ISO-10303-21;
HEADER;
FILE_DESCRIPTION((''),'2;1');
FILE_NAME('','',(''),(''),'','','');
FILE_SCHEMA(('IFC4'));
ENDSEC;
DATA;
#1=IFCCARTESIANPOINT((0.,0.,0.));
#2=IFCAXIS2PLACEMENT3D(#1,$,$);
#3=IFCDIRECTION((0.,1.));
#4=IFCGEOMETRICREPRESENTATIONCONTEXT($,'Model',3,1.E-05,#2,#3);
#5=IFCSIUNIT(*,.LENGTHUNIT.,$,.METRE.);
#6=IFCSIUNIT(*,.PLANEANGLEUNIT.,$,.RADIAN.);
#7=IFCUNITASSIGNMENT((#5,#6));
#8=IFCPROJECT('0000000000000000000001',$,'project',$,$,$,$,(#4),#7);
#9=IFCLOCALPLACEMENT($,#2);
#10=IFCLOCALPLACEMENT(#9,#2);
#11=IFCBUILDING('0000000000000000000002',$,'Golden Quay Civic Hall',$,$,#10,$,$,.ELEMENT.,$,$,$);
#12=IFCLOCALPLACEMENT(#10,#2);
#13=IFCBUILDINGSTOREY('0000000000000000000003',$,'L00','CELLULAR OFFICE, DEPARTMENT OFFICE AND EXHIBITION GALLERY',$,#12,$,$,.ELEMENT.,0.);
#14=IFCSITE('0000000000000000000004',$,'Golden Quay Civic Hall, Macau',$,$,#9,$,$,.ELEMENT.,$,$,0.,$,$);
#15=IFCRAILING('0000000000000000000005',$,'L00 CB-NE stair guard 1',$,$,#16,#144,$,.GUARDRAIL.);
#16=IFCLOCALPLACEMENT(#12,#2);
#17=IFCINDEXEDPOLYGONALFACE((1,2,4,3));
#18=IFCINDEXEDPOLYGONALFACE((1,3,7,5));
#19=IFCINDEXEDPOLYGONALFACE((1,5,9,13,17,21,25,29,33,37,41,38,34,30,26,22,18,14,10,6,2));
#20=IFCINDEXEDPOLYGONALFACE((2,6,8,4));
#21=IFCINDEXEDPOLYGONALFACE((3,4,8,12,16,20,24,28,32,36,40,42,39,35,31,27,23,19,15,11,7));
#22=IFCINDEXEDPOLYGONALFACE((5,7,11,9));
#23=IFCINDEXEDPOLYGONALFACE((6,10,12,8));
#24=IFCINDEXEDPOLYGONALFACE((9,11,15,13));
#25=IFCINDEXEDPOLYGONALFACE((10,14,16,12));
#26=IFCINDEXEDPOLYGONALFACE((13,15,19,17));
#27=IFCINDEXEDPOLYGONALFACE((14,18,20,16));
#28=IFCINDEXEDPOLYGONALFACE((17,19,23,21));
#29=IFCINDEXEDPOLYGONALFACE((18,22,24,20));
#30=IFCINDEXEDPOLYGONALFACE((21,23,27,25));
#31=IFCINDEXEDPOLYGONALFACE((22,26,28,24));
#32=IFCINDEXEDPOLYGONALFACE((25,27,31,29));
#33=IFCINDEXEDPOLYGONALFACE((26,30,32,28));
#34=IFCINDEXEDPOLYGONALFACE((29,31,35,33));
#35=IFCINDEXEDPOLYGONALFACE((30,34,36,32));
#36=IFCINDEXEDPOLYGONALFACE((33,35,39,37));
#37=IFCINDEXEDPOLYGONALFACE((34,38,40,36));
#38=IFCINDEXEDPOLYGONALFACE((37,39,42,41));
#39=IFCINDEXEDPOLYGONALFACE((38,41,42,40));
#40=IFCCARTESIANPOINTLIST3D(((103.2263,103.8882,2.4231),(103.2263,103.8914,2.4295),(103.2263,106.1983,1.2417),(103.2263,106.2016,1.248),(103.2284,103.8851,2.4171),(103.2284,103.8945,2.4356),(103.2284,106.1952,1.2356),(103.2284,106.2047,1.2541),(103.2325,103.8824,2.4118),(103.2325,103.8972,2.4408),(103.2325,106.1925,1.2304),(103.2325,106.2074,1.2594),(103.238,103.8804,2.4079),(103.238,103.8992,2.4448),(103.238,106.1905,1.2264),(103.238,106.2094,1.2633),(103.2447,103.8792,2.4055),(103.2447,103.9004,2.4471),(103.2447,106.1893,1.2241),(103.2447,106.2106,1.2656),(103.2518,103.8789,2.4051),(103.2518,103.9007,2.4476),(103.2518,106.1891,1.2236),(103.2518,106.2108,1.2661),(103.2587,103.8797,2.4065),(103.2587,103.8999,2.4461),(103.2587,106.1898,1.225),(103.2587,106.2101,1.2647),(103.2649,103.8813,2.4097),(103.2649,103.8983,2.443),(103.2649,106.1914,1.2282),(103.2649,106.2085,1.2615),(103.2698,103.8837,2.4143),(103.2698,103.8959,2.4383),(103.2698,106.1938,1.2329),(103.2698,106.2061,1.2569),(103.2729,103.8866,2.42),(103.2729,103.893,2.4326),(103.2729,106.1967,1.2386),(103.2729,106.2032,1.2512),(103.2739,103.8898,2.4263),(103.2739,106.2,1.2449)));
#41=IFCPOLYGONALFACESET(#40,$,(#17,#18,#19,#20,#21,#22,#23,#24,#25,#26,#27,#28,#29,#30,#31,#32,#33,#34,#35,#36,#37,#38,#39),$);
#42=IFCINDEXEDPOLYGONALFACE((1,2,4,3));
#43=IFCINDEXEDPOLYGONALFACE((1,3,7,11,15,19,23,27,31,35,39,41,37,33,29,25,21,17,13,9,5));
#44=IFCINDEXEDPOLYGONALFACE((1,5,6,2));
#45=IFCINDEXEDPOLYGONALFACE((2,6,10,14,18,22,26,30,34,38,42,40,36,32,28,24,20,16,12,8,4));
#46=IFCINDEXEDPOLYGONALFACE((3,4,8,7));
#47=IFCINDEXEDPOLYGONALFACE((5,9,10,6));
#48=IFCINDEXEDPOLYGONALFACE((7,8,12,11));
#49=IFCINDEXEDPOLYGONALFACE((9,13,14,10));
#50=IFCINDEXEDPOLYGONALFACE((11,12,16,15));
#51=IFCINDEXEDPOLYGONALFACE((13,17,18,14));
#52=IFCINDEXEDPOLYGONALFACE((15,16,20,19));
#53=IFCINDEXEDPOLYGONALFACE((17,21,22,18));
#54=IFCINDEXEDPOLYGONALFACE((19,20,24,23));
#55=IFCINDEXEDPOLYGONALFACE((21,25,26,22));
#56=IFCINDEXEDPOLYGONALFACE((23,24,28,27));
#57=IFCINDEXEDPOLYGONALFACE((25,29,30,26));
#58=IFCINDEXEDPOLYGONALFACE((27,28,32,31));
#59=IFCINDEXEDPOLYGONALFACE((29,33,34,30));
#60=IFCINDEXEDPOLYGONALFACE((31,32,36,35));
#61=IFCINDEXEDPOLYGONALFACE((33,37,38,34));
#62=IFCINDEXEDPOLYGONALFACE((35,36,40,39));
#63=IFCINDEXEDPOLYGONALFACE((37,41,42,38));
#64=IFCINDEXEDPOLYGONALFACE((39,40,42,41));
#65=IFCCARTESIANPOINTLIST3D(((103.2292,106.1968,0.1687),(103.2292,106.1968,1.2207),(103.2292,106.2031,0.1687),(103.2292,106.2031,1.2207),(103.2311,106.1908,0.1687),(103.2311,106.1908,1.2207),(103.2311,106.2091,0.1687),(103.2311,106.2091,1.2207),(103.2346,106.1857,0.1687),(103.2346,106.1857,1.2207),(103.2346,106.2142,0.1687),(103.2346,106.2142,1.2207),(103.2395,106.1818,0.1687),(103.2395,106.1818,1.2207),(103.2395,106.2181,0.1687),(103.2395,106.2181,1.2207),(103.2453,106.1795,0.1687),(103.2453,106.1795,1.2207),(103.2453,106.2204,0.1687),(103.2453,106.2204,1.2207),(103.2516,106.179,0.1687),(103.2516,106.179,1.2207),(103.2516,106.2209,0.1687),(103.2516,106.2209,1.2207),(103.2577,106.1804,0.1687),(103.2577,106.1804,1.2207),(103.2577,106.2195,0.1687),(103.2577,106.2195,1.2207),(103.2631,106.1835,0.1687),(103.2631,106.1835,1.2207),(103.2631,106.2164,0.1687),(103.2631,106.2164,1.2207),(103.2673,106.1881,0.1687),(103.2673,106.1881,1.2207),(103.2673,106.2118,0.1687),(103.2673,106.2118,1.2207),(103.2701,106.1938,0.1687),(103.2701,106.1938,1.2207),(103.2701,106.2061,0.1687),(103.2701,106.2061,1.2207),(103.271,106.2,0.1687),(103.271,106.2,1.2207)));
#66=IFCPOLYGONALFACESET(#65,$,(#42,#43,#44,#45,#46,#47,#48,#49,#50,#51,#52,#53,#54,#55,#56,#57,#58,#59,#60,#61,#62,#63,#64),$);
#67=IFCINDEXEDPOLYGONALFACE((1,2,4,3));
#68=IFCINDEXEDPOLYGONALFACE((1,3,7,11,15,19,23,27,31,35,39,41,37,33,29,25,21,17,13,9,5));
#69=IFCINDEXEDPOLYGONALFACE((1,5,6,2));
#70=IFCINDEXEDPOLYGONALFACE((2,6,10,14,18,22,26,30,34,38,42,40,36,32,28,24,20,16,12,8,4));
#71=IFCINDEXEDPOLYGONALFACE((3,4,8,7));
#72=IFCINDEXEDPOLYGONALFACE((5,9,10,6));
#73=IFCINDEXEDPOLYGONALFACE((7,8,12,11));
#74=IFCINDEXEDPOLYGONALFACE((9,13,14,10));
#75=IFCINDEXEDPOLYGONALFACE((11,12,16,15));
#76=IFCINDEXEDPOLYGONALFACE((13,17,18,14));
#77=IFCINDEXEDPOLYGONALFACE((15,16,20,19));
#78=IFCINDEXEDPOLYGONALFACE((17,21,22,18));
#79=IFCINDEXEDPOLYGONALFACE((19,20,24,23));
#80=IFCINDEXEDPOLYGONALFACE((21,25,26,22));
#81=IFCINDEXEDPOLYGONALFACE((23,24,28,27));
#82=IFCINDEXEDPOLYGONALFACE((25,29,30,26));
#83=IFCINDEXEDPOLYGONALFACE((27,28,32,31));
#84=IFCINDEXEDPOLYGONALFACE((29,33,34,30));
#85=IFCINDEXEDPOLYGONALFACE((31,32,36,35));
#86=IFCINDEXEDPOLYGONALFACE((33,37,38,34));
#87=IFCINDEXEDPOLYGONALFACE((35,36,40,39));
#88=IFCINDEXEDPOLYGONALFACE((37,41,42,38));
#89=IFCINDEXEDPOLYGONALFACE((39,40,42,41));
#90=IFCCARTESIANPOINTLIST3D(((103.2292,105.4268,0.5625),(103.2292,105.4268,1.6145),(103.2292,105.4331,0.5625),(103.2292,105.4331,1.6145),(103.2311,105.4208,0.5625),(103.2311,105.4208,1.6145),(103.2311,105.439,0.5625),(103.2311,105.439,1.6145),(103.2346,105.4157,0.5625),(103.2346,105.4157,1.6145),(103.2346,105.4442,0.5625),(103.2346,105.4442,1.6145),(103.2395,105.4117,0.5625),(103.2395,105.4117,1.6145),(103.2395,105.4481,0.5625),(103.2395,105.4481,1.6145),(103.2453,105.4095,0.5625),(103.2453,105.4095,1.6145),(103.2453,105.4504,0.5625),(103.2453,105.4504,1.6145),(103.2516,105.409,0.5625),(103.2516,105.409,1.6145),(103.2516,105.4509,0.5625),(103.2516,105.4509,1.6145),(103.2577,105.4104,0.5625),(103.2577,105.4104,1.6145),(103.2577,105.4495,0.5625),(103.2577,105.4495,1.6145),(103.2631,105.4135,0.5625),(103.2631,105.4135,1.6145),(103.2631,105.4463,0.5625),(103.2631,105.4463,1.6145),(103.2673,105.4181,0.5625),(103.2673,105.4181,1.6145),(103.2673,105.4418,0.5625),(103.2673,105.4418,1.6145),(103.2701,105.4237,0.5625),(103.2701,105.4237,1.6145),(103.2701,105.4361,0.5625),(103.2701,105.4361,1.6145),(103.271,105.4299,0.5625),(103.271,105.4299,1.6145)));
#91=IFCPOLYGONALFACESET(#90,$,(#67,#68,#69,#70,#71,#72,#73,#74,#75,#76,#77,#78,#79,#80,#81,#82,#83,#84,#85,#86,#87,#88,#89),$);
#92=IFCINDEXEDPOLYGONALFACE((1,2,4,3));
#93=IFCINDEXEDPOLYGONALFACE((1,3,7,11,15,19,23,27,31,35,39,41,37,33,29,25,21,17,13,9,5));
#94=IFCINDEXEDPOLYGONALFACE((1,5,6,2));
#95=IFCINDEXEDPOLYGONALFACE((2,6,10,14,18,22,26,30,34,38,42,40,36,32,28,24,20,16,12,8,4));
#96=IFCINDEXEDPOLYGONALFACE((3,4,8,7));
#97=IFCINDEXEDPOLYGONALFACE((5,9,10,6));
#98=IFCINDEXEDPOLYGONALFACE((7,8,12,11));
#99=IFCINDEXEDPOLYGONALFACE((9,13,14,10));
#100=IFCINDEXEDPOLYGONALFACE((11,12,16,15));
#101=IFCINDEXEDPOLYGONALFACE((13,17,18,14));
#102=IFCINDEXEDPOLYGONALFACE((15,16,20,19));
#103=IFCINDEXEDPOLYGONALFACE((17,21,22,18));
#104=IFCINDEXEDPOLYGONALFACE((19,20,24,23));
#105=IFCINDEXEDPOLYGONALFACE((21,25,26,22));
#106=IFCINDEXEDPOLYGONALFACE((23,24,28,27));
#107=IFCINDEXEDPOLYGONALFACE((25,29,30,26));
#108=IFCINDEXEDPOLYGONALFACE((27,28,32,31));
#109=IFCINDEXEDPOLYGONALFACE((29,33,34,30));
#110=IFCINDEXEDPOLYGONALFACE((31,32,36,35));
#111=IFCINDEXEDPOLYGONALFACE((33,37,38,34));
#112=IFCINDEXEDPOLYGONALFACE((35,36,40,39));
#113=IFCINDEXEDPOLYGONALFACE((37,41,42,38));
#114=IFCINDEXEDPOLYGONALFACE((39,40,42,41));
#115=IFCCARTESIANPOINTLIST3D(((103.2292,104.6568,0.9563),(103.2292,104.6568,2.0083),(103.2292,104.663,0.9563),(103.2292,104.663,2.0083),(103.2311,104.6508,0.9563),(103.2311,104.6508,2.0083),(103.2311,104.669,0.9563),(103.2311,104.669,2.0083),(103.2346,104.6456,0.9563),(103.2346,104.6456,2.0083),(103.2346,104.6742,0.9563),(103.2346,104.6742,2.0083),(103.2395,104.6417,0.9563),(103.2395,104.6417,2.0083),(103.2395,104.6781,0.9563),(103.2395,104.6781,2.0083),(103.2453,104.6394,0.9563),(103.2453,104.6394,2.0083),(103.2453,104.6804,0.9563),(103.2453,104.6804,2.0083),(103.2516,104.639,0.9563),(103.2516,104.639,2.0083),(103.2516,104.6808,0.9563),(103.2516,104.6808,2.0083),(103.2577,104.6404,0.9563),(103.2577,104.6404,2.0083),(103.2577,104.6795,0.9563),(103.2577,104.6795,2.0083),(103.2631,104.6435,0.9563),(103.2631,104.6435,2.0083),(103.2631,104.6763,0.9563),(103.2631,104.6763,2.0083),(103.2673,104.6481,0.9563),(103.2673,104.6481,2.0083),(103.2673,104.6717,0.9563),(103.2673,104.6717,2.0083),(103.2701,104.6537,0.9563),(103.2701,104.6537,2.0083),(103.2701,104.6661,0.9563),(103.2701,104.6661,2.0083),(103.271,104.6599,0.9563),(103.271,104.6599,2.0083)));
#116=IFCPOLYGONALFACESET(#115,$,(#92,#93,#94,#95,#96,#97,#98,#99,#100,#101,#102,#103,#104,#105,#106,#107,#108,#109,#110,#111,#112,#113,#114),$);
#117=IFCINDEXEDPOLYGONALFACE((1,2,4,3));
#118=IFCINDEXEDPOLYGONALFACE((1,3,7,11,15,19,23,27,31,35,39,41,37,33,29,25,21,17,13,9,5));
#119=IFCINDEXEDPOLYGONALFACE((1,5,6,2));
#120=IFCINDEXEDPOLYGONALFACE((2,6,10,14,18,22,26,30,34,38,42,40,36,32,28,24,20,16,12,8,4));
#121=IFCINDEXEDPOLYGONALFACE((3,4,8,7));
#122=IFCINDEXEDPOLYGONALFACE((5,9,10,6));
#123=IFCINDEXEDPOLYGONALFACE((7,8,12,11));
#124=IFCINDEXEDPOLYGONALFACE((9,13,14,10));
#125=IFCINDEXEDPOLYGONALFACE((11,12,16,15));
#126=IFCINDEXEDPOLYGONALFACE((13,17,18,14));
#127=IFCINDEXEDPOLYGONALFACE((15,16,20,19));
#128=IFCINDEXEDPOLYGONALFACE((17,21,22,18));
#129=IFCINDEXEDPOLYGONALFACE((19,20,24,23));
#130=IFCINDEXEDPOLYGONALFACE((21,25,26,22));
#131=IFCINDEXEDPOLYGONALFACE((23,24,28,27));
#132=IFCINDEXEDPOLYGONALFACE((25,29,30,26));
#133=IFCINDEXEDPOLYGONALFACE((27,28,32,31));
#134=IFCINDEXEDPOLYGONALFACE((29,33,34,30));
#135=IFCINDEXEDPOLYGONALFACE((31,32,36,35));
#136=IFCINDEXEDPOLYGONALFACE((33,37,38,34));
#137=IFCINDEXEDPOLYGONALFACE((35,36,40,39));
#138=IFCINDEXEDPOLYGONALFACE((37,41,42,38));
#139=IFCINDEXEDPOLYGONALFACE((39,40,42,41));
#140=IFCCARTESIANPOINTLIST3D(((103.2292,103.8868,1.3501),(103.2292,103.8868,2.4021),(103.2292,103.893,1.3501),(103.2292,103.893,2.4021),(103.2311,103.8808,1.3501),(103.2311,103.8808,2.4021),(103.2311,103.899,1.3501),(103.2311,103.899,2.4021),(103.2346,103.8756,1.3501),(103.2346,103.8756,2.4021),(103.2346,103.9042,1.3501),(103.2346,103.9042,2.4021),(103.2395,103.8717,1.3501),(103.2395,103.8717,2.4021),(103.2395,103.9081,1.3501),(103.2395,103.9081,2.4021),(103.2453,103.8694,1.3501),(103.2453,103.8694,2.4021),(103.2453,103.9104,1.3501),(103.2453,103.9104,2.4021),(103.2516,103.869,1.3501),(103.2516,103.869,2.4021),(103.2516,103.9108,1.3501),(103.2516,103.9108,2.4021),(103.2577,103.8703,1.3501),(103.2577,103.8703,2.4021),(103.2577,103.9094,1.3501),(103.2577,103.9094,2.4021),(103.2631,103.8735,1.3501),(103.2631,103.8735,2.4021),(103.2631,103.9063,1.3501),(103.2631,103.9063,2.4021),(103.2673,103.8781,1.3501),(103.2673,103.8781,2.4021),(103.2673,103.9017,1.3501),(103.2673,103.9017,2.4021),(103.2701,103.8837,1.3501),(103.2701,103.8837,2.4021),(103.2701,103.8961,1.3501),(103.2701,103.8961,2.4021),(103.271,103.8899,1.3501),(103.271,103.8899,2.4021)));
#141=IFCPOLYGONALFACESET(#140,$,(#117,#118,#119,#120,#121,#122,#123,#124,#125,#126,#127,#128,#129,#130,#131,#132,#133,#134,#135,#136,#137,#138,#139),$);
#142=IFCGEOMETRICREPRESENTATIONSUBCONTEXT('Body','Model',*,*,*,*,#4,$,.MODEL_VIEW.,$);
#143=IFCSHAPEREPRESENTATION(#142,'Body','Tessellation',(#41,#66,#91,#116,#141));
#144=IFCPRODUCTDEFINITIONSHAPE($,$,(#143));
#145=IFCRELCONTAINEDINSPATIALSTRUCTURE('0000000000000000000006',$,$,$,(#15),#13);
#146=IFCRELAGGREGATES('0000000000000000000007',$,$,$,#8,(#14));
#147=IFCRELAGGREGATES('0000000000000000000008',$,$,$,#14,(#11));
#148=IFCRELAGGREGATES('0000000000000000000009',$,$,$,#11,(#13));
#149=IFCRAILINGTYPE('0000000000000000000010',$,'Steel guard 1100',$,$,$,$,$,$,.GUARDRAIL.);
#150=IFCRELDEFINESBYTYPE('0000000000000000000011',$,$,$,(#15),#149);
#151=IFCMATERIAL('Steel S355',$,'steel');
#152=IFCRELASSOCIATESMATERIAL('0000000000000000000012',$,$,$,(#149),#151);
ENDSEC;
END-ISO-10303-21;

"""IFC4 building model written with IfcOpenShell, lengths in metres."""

from ifc_helpers import new_model, si_unit, direction, frame, origin, origin_2d, place, context, subcontext, project, spatial, circle, extrude, material, type_object, element, save


model = new_model("IFC4")

# Units and contexts
model_context = context("Model", 3, precision=1e-05, world=origin(), true_north=direction((0.0, 1.0)))
body_context = subcontext(model_context, "Body", "Model", "MODEL_VIEW")
ifc_project = project(units=[si_unit("LENGTHUNIT", "METRE"), si_unit("PLANEANGLEUNIT", "RADIAN")], contexts=[model_context])

# Site, building, storey
site_placement = place(None, origin())
site = spatial("IfcSite", under=ifc_project, at=site_placement, Name="Golden Quay Civic Hall, Macau", CompositionType="ELEMENT", RefElevation=0.0)
building_placement = place(site_placement, origin())
building = spatial("IfcBuilding", under=site, at=building_placement, Name="Golden Quay Civic Hall", CompositionType="ELEMENT")
storey_placement = place(building_placement, origin())
storey = spatial("IfcBuildingStorey", under=building, at=storey_placement, Name="L00", Description="CELLULAR OFFICE, DEPARTMENT OFFICE AND EXHIBITION GALLERY", CompositionType="ELEMENT", Elevation=0.0)

# Railing
ifc_material_1 = material(Name="Steel S355", Category="steel")
railing_type_1 = type_object("IfcRailingType", Name="Steel guard 1100", PredefinedType="GUARDRAIL", material=ifc_material_1)
railing_1_placement = place(storey_placement, frame((103.25, 106.2, 0.1687)))
element("IfcRailing", 1, at=railing_1_placement, inside=storey, type_object=railing_type_1, Name="L00 CB-NE stair guard 1", PredefinedType="GUARDRAIL", context=body_context, shape_type="SweptSolid", body=[
    extrude(circle(Radius=0.0239, at=origin_2d()), frame((0.0, 0.0, 1.0762), z_axis=(0.0, -0.890325, 0.455325), x_axis=(1.0, 0.0, 0.0)), (0.0, 0.0, 1.0), 2.5947),
    extrude(circle(Radius=0.021, at=origin_2d()), origin(), (0.0, 0.0, 1.0), 1.052),
    extrude(circle(Radius=0.021, at=origin_2d()), frame((0.0, -0.77, 0.3938)), (0.0, 0.0, 1.0), 1.052),
    extrude(circle(Radius=0.021, at=origin_2d()), frame((0.0, -1.54, 0.7876)), (0.0, 0.0, 1.0), 1.052),
    extrude(circle(Radius=0.021, at=origin_2d()), frame((0.0, -2.3101, 1.1814)), (0.0, 0.0, 1.0), 1.052),
])

save(model, "model.ifc")
